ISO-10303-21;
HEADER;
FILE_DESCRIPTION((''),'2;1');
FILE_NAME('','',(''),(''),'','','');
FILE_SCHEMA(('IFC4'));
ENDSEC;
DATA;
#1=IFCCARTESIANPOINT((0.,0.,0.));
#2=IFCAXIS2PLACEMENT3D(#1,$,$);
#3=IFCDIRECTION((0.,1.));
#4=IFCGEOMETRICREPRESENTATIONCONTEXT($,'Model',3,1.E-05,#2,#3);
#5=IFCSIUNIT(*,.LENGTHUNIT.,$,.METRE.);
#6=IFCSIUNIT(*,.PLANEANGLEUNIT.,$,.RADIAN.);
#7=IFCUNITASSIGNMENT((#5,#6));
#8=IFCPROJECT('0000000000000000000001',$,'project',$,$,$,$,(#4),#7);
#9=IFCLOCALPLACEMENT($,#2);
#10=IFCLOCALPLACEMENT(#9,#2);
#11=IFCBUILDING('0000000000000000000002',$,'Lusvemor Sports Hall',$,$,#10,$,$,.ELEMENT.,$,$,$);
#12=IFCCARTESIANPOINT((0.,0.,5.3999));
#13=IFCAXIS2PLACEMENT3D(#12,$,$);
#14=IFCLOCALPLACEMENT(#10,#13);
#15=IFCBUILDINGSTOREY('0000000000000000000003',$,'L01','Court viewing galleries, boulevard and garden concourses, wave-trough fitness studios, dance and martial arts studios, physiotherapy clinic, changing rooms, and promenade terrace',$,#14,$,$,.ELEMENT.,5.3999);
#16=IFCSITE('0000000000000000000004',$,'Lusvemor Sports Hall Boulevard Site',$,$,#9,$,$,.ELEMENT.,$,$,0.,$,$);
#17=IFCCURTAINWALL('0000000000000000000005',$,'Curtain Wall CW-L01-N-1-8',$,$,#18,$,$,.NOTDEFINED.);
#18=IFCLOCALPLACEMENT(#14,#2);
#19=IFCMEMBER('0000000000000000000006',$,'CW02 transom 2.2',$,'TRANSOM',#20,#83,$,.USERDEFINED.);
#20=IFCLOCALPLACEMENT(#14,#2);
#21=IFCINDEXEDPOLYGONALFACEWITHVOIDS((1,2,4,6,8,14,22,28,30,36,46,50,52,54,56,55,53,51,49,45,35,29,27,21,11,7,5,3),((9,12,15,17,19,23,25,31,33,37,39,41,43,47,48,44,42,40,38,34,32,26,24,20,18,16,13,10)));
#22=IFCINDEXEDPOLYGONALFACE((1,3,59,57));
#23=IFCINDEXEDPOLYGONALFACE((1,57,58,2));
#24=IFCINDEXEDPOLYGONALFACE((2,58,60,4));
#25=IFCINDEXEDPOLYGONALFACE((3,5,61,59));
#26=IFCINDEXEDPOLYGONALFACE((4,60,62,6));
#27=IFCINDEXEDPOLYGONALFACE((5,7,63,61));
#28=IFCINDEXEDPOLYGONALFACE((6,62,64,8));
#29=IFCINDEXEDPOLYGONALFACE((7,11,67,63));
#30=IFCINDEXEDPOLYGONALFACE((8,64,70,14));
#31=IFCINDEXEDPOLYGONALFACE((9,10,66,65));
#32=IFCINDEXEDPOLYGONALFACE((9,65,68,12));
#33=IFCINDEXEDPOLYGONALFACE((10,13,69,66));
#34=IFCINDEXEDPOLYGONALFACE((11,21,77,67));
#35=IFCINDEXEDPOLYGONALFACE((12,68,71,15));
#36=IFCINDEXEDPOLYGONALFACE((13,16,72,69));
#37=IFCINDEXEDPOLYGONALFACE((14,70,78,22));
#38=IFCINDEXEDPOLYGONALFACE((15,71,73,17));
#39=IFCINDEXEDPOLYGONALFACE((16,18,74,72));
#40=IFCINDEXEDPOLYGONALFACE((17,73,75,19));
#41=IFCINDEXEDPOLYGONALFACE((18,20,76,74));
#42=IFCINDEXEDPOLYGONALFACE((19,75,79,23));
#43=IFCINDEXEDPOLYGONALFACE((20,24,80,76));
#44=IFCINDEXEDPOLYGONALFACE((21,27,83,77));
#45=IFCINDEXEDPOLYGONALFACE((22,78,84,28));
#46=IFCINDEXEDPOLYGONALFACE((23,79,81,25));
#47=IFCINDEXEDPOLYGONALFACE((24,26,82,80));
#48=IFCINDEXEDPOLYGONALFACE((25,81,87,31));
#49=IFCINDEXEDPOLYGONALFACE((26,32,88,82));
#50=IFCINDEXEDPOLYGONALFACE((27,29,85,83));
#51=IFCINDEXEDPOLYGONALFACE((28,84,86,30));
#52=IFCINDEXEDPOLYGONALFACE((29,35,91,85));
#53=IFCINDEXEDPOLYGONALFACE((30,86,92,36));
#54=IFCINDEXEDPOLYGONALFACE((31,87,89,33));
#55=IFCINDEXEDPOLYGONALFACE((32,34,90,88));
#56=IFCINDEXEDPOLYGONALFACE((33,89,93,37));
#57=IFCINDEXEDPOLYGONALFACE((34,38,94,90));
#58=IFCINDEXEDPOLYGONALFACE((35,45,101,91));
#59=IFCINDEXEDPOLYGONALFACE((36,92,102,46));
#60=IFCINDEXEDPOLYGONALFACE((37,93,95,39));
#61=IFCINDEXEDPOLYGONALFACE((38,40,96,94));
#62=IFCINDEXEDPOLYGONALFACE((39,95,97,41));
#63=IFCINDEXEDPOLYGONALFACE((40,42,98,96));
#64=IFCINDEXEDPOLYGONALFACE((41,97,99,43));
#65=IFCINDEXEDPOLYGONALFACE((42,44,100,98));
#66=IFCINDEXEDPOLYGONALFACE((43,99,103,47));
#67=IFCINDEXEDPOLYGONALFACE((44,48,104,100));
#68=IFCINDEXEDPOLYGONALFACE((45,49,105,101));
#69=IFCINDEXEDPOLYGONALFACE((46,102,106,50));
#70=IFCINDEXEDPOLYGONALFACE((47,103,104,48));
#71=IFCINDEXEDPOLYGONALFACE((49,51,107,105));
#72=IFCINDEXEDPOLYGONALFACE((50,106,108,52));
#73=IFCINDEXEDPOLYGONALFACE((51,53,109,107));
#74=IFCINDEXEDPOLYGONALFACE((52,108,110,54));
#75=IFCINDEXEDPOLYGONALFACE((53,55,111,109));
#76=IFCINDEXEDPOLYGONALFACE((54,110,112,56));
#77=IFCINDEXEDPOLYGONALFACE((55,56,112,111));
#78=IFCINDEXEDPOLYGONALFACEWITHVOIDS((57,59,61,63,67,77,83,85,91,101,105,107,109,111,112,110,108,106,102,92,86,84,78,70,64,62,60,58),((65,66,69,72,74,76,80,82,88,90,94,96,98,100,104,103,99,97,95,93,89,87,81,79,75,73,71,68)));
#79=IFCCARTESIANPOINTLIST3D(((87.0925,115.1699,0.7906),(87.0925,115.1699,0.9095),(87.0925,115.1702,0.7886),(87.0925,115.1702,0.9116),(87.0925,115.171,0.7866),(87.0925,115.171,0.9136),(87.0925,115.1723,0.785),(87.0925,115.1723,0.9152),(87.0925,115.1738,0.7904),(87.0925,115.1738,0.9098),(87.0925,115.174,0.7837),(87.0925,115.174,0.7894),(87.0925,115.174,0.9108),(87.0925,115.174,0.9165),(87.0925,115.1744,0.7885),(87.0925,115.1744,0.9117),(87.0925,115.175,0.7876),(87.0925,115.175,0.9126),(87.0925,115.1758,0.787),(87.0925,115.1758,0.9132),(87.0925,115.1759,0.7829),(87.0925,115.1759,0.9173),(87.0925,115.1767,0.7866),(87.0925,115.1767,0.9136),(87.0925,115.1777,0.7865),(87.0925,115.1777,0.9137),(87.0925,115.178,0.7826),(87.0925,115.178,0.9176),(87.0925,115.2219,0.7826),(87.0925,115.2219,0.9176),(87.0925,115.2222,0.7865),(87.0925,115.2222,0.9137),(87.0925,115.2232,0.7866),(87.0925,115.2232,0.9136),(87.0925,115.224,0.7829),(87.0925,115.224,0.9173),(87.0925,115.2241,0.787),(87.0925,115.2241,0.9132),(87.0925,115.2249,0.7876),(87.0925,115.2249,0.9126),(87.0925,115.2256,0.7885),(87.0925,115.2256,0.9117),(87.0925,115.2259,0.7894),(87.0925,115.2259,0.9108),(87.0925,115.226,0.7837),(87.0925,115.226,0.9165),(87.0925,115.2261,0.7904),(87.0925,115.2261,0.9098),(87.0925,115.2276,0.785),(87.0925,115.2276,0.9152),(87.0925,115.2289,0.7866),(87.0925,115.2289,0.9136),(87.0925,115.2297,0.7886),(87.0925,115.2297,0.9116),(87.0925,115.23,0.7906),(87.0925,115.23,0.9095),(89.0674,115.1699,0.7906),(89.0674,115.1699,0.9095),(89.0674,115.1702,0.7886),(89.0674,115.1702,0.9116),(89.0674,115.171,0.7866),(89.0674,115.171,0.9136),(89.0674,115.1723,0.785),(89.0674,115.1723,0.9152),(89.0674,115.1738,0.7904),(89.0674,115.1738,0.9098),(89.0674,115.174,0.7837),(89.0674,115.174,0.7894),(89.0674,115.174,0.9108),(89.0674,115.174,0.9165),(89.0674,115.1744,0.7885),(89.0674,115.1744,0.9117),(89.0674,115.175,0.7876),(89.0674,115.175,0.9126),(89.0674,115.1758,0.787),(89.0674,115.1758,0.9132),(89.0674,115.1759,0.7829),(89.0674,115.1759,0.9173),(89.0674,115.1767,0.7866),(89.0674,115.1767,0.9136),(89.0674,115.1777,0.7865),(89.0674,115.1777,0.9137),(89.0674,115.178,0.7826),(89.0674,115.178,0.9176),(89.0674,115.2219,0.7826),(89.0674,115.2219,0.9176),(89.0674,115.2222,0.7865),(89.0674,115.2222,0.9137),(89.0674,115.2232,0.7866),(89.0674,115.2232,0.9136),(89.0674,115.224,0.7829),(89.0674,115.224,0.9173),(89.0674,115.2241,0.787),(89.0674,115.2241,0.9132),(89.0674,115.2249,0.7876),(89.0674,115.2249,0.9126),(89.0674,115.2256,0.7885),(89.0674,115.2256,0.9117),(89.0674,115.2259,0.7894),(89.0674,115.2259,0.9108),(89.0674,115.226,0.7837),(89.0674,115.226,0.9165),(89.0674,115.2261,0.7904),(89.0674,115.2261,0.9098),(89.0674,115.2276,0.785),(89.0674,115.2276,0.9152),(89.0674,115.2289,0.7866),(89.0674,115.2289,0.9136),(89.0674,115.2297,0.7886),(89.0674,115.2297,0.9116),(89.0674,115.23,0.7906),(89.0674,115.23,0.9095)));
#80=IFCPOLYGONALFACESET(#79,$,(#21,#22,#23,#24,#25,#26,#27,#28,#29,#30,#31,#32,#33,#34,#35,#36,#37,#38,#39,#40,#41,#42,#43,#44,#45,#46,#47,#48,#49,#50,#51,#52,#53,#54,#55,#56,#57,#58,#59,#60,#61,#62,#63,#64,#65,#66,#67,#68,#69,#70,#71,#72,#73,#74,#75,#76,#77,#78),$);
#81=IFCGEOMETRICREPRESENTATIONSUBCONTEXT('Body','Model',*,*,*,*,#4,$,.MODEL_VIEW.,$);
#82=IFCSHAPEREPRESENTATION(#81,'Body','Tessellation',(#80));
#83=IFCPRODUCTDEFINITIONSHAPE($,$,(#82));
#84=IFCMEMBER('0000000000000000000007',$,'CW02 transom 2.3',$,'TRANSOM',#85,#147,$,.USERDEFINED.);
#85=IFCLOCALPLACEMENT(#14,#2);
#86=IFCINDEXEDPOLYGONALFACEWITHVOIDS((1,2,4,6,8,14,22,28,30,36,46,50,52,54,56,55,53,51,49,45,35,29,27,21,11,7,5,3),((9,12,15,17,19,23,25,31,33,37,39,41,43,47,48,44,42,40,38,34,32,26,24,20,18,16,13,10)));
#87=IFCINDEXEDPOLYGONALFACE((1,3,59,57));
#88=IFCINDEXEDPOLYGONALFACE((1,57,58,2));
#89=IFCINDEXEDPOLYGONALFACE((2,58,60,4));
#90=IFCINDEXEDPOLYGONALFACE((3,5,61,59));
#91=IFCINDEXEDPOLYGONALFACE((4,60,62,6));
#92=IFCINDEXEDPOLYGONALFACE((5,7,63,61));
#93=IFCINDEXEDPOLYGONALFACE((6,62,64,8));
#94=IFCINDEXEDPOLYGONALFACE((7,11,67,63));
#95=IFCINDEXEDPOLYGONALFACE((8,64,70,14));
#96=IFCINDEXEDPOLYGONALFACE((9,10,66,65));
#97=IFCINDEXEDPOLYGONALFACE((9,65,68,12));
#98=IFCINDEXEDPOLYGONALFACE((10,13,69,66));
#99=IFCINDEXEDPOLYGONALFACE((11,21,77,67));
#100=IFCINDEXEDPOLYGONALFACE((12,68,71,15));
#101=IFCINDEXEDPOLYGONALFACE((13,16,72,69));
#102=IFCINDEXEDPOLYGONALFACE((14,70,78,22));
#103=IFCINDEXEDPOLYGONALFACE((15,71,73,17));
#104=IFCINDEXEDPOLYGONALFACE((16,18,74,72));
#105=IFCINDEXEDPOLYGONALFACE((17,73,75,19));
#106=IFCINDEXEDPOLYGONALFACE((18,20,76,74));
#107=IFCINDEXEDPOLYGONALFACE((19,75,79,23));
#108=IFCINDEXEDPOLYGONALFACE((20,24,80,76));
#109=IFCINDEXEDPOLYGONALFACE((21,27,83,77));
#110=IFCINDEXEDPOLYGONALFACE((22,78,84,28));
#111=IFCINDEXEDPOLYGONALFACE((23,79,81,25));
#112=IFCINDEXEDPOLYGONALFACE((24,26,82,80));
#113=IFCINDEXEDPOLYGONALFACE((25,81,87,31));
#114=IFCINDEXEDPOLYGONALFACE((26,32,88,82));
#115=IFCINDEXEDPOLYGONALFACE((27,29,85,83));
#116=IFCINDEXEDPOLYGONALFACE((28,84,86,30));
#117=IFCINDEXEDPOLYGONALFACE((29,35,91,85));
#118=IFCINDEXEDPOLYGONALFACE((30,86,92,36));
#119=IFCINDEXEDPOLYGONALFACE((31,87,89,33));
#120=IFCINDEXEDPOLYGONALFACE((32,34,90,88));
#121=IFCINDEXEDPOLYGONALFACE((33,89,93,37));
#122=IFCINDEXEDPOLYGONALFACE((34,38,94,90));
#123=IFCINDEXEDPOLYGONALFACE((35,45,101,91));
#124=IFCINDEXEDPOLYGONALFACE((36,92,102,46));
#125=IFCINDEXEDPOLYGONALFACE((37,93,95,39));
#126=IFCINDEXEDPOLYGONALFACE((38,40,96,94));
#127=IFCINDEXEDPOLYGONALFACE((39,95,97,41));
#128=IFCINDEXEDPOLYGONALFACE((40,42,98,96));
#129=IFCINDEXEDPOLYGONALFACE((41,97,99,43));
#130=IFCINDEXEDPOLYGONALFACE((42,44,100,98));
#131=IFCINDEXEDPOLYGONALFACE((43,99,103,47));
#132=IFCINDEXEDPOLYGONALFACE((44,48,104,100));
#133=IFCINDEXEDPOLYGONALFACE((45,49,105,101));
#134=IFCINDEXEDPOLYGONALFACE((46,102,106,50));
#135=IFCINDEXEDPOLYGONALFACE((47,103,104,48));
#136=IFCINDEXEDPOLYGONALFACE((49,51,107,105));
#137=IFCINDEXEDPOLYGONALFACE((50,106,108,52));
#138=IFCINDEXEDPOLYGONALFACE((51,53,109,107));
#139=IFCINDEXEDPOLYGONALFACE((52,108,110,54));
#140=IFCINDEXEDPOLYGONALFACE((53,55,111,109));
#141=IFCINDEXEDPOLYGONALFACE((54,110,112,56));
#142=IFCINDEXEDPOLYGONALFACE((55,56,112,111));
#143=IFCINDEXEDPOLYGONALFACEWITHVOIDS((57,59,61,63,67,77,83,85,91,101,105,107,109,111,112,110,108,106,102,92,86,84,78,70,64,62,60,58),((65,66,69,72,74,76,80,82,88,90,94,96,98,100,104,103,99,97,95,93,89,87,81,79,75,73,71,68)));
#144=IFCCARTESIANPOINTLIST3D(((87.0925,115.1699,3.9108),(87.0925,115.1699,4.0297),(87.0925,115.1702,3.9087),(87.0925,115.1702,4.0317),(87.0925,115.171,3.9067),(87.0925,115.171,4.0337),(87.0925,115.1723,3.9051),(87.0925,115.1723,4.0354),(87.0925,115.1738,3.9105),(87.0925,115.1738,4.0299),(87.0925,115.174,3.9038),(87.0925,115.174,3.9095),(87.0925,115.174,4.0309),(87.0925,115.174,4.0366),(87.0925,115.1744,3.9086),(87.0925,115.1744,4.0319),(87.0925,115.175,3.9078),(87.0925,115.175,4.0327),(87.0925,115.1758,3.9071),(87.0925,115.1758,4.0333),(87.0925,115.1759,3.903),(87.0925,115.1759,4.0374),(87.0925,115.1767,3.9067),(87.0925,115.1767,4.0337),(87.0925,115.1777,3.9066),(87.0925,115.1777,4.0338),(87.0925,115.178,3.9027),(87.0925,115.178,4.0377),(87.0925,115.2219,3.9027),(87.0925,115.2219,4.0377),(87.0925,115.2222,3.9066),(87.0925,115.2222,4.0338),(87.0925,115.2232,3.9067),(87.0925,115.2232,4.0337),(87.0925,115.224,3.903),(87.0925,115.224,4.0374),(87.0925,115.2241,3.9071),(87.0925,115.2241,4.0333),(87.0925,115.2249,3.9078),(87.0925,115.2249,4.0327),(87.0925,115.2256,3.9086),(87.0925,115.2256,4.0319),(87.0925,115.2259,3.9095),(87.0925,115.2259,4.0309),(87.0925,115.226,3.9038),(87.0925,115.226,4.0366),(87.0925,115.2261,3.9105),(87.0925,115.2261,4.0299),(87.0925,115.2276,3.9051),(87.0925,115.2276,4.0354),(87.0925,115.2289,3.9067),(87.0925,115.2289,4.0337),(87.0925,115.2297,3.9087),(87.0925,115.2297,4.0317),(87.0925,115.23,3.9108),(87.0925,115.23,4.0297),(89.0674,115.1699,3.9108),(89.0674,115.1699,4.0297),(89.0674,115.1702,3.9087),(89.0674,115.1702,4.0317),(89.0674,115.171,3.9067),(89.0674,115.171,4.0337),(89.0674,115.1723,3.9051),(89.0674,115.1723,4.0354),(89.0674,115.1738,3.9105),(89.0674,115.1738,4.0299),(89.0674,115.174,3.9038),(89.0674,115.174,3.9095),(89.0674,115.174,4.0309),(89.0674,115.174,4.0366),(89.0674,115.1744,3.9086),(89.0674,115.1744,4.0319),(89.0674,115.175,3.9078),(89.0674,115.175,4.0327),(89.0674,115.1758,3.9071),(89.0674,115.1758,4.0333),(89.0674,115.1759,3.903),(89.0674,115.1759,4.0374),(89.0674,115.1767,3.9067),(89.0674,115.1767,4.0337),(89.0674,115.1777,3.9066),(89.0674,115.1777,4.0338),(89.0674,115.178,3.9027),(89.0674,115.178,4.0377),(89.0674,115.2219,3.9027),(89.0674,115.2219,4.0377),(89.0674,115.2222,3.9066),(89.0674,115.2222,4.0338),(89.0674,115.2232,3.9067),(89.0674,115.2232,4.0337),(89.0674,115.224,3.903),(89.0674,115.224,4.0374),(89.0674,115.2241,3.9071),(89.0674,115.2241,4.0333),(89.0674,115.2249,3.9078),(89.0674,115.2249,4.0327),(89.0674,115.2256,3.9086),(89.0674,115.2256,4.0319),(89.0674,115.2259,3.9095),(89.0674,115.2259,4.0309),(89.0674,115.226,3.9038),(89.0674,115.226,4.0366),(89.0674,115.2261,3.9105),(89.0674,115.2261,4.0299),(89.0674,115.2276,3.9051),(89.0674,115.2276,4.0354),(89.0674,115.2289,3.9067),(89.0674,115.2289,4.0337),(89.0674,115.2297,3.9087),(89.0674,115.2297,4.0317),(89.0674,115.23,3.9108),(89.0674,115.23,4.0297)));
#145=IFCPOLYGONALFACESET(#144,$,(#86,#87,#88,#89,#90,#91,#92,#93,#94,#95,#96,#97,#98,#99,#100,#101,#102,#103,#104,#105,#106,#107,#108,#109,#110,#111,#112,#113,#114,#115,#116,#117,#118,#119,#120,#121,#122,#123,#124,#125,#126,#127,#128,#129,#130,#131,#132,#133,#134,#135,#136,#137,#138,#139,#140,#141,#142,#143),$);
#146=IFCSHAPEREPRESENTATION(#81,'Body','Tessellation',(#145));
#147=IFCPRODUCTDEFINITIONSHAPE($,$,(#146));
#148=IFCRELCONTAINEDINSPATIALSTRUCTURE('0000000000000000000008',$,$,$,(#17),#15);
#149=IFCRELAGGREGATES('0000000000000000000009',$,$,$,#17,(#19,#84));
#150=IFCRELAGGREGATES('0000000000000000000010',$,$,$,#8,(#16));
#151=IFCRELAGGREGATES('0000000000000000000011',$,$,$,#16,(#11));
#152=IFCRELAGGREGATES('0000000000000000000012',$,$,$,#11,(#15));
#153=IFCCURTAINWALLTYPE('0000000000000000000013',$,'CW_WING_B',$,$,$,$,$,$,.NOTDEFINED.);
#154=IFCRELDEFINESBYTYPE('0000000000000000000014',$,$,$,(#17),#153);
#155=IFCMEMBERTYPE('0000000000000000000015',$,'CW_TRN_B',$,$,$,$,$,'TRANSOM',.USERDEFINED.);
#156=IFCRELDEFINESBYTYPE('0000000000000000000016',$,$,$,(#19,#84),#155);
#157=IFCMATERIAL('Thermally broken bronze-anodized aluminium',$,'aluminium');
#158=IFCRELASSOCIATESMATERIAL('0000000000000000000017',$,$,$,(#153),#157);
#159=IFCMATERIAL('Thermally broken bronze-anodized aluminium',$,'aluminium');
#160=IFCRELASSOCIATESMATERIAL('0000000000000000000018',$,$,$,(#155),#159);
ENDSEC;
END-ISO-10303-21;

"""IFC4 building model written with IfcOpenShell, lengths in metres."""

from ifc_helpers import new_model, si_unit, direction, frame, origin, origin_2d, place, context, subcontext, project, spatial, hollow_rectangle, extrude, material, material_profile, profile_set, type_object, element, aggregate, save


model = new_model("IFC4")

# Units and contexts
model_context = context("Model", 3, precision=1e-05, world=origin(), true_north=direction((0.0, 1.0)))
body_context = subcontext(model_context, "Body", "Model", "MODEL_VIEW")
ifc_project = project(units=[si_unit("LENGTHUNIT", "METRE"), si_unit("PLANEANGLEUNIT", "RADIAN")], contexts=[model_context])

# Site, building, storey
site_placement = place(None, origin())
site = spatial("IfcSite", under=ifc_project, at=site_placement, Name="Lusvemor Sports Hall Boulevard Site", CompositionType="ELEMENT", RefElevation=0.0)
building_placement = place(site_placement, origin())
building = spatial("IfcBuilding", under=site, at=building_placement, Name="Lusvemor Sports Hall", CompositionType="ELEMENT")
storey_placement = place(building_placement, frame((0.0, 0.0, 5.3999)))
storey = spatial("IfcBuildingStorey", under=building, at=storey_placement, Name="L01", Description="Court viewing galleries, boulevard and garden concourses, wave-trough fitness studios, dance and martial arts studios, physiotherapy clinic, changing rooms, and promenade terrace", CompositionType="ELEMENT", Elevation=5.3999)

# Curtain wall, members
ifc_material_1 = material(Name="Thermally broken bronze-anodized aluminium", Category="aluminium")
curtain_wall_type = type_object("IfcCurtainWallType", Name="CW_WING_B", PredefinedType="NOTDEFINED", material=ifc_material_1)
curtain_wall_placement = place(storey_placement, origin())
curtain_wall = element("IfcCurtainWall", 1, at=curtain_wall_placement, inside=storey, type_object=curtain_wall_type, Name="Curtain Wall CW-L01-N-1-8", PredefinedType="NOTDEFINED")
ifc_material_2 = material(Name="Thermally broken bronze-anodized aluminium", Category="aluminium")
ifc_material_profile_1 = material_profile(ifc_material_2, hollow_rectangle(XDim=0.0601, YDim=0.135, WallThickness=0.0039, InnerFilletRadius=0.0039, OuterFilletRadius=0.0081, at=origin_2d()), Name="CWTRN135x60x4")
ifc_profile_set_1 = profile_set([ifc_material_profile_1], Name="Thermally broken bronze-anodized aluminium")
member_type_1 = type_object("IfcMemberType", Name="CW_TRN_B", ElementType="TRANSOM", PredefinedType="USERDEFINED", material=ifc_profile_set_1)
member_1_placement = place(storey_placement, frame((87.0925, 115.2, 0.8501), z_axis=(1.0, 0.0, 0.0), x_axis=(0.0, 1.0, 0.0)))
member_1 = element("IfcMember", 2, at=member_1_placement, type_object=member_type_1, Name="CW02 transom 2.2", ObjectType="TRANSOM", PredefinedType="USERDEFINED", context=body_context, shape_type="SweptSolid", body=[
    extrude(hollow_rectangle(XDim=0.0601, YDim=0.135, WallThickness=0.0039, InnerFilletRadius=0.0039, OuterFilletRadius=0.0081, at=origin_2d()), origin(), (0.0, 0.0, 1.0), 1.9749),
])
member_2_placement = place(storey_placement, frame((87.0925, 115.2, 3.9702), z_axis=(1.0, 0.0, 0.0), x_axis=(0.0, 1.0, 0.0)))
member_2 = element("IfcMember", 3, at=member_2_placement, type_object=member_type_1, Name="CW02 transom 2.3", ObjectType="TRANSOM", PredefinedType="USERDEFINED", context=body_context, shape_type="SweptSolid", body=[
    extrude(hollow_rectangle(XDim=0.0601, YDim=0.135, WallThickness=0.0039, InnerFilletRadius=0.0039, OuterFilletRadius=0.0081, at=origin_2d()), origin(), (0.0, 0.0, 1.0), 1.9749),
])

aggregate(curtain_wall, [member_1, member_2])

save(model, "model.ifc")
